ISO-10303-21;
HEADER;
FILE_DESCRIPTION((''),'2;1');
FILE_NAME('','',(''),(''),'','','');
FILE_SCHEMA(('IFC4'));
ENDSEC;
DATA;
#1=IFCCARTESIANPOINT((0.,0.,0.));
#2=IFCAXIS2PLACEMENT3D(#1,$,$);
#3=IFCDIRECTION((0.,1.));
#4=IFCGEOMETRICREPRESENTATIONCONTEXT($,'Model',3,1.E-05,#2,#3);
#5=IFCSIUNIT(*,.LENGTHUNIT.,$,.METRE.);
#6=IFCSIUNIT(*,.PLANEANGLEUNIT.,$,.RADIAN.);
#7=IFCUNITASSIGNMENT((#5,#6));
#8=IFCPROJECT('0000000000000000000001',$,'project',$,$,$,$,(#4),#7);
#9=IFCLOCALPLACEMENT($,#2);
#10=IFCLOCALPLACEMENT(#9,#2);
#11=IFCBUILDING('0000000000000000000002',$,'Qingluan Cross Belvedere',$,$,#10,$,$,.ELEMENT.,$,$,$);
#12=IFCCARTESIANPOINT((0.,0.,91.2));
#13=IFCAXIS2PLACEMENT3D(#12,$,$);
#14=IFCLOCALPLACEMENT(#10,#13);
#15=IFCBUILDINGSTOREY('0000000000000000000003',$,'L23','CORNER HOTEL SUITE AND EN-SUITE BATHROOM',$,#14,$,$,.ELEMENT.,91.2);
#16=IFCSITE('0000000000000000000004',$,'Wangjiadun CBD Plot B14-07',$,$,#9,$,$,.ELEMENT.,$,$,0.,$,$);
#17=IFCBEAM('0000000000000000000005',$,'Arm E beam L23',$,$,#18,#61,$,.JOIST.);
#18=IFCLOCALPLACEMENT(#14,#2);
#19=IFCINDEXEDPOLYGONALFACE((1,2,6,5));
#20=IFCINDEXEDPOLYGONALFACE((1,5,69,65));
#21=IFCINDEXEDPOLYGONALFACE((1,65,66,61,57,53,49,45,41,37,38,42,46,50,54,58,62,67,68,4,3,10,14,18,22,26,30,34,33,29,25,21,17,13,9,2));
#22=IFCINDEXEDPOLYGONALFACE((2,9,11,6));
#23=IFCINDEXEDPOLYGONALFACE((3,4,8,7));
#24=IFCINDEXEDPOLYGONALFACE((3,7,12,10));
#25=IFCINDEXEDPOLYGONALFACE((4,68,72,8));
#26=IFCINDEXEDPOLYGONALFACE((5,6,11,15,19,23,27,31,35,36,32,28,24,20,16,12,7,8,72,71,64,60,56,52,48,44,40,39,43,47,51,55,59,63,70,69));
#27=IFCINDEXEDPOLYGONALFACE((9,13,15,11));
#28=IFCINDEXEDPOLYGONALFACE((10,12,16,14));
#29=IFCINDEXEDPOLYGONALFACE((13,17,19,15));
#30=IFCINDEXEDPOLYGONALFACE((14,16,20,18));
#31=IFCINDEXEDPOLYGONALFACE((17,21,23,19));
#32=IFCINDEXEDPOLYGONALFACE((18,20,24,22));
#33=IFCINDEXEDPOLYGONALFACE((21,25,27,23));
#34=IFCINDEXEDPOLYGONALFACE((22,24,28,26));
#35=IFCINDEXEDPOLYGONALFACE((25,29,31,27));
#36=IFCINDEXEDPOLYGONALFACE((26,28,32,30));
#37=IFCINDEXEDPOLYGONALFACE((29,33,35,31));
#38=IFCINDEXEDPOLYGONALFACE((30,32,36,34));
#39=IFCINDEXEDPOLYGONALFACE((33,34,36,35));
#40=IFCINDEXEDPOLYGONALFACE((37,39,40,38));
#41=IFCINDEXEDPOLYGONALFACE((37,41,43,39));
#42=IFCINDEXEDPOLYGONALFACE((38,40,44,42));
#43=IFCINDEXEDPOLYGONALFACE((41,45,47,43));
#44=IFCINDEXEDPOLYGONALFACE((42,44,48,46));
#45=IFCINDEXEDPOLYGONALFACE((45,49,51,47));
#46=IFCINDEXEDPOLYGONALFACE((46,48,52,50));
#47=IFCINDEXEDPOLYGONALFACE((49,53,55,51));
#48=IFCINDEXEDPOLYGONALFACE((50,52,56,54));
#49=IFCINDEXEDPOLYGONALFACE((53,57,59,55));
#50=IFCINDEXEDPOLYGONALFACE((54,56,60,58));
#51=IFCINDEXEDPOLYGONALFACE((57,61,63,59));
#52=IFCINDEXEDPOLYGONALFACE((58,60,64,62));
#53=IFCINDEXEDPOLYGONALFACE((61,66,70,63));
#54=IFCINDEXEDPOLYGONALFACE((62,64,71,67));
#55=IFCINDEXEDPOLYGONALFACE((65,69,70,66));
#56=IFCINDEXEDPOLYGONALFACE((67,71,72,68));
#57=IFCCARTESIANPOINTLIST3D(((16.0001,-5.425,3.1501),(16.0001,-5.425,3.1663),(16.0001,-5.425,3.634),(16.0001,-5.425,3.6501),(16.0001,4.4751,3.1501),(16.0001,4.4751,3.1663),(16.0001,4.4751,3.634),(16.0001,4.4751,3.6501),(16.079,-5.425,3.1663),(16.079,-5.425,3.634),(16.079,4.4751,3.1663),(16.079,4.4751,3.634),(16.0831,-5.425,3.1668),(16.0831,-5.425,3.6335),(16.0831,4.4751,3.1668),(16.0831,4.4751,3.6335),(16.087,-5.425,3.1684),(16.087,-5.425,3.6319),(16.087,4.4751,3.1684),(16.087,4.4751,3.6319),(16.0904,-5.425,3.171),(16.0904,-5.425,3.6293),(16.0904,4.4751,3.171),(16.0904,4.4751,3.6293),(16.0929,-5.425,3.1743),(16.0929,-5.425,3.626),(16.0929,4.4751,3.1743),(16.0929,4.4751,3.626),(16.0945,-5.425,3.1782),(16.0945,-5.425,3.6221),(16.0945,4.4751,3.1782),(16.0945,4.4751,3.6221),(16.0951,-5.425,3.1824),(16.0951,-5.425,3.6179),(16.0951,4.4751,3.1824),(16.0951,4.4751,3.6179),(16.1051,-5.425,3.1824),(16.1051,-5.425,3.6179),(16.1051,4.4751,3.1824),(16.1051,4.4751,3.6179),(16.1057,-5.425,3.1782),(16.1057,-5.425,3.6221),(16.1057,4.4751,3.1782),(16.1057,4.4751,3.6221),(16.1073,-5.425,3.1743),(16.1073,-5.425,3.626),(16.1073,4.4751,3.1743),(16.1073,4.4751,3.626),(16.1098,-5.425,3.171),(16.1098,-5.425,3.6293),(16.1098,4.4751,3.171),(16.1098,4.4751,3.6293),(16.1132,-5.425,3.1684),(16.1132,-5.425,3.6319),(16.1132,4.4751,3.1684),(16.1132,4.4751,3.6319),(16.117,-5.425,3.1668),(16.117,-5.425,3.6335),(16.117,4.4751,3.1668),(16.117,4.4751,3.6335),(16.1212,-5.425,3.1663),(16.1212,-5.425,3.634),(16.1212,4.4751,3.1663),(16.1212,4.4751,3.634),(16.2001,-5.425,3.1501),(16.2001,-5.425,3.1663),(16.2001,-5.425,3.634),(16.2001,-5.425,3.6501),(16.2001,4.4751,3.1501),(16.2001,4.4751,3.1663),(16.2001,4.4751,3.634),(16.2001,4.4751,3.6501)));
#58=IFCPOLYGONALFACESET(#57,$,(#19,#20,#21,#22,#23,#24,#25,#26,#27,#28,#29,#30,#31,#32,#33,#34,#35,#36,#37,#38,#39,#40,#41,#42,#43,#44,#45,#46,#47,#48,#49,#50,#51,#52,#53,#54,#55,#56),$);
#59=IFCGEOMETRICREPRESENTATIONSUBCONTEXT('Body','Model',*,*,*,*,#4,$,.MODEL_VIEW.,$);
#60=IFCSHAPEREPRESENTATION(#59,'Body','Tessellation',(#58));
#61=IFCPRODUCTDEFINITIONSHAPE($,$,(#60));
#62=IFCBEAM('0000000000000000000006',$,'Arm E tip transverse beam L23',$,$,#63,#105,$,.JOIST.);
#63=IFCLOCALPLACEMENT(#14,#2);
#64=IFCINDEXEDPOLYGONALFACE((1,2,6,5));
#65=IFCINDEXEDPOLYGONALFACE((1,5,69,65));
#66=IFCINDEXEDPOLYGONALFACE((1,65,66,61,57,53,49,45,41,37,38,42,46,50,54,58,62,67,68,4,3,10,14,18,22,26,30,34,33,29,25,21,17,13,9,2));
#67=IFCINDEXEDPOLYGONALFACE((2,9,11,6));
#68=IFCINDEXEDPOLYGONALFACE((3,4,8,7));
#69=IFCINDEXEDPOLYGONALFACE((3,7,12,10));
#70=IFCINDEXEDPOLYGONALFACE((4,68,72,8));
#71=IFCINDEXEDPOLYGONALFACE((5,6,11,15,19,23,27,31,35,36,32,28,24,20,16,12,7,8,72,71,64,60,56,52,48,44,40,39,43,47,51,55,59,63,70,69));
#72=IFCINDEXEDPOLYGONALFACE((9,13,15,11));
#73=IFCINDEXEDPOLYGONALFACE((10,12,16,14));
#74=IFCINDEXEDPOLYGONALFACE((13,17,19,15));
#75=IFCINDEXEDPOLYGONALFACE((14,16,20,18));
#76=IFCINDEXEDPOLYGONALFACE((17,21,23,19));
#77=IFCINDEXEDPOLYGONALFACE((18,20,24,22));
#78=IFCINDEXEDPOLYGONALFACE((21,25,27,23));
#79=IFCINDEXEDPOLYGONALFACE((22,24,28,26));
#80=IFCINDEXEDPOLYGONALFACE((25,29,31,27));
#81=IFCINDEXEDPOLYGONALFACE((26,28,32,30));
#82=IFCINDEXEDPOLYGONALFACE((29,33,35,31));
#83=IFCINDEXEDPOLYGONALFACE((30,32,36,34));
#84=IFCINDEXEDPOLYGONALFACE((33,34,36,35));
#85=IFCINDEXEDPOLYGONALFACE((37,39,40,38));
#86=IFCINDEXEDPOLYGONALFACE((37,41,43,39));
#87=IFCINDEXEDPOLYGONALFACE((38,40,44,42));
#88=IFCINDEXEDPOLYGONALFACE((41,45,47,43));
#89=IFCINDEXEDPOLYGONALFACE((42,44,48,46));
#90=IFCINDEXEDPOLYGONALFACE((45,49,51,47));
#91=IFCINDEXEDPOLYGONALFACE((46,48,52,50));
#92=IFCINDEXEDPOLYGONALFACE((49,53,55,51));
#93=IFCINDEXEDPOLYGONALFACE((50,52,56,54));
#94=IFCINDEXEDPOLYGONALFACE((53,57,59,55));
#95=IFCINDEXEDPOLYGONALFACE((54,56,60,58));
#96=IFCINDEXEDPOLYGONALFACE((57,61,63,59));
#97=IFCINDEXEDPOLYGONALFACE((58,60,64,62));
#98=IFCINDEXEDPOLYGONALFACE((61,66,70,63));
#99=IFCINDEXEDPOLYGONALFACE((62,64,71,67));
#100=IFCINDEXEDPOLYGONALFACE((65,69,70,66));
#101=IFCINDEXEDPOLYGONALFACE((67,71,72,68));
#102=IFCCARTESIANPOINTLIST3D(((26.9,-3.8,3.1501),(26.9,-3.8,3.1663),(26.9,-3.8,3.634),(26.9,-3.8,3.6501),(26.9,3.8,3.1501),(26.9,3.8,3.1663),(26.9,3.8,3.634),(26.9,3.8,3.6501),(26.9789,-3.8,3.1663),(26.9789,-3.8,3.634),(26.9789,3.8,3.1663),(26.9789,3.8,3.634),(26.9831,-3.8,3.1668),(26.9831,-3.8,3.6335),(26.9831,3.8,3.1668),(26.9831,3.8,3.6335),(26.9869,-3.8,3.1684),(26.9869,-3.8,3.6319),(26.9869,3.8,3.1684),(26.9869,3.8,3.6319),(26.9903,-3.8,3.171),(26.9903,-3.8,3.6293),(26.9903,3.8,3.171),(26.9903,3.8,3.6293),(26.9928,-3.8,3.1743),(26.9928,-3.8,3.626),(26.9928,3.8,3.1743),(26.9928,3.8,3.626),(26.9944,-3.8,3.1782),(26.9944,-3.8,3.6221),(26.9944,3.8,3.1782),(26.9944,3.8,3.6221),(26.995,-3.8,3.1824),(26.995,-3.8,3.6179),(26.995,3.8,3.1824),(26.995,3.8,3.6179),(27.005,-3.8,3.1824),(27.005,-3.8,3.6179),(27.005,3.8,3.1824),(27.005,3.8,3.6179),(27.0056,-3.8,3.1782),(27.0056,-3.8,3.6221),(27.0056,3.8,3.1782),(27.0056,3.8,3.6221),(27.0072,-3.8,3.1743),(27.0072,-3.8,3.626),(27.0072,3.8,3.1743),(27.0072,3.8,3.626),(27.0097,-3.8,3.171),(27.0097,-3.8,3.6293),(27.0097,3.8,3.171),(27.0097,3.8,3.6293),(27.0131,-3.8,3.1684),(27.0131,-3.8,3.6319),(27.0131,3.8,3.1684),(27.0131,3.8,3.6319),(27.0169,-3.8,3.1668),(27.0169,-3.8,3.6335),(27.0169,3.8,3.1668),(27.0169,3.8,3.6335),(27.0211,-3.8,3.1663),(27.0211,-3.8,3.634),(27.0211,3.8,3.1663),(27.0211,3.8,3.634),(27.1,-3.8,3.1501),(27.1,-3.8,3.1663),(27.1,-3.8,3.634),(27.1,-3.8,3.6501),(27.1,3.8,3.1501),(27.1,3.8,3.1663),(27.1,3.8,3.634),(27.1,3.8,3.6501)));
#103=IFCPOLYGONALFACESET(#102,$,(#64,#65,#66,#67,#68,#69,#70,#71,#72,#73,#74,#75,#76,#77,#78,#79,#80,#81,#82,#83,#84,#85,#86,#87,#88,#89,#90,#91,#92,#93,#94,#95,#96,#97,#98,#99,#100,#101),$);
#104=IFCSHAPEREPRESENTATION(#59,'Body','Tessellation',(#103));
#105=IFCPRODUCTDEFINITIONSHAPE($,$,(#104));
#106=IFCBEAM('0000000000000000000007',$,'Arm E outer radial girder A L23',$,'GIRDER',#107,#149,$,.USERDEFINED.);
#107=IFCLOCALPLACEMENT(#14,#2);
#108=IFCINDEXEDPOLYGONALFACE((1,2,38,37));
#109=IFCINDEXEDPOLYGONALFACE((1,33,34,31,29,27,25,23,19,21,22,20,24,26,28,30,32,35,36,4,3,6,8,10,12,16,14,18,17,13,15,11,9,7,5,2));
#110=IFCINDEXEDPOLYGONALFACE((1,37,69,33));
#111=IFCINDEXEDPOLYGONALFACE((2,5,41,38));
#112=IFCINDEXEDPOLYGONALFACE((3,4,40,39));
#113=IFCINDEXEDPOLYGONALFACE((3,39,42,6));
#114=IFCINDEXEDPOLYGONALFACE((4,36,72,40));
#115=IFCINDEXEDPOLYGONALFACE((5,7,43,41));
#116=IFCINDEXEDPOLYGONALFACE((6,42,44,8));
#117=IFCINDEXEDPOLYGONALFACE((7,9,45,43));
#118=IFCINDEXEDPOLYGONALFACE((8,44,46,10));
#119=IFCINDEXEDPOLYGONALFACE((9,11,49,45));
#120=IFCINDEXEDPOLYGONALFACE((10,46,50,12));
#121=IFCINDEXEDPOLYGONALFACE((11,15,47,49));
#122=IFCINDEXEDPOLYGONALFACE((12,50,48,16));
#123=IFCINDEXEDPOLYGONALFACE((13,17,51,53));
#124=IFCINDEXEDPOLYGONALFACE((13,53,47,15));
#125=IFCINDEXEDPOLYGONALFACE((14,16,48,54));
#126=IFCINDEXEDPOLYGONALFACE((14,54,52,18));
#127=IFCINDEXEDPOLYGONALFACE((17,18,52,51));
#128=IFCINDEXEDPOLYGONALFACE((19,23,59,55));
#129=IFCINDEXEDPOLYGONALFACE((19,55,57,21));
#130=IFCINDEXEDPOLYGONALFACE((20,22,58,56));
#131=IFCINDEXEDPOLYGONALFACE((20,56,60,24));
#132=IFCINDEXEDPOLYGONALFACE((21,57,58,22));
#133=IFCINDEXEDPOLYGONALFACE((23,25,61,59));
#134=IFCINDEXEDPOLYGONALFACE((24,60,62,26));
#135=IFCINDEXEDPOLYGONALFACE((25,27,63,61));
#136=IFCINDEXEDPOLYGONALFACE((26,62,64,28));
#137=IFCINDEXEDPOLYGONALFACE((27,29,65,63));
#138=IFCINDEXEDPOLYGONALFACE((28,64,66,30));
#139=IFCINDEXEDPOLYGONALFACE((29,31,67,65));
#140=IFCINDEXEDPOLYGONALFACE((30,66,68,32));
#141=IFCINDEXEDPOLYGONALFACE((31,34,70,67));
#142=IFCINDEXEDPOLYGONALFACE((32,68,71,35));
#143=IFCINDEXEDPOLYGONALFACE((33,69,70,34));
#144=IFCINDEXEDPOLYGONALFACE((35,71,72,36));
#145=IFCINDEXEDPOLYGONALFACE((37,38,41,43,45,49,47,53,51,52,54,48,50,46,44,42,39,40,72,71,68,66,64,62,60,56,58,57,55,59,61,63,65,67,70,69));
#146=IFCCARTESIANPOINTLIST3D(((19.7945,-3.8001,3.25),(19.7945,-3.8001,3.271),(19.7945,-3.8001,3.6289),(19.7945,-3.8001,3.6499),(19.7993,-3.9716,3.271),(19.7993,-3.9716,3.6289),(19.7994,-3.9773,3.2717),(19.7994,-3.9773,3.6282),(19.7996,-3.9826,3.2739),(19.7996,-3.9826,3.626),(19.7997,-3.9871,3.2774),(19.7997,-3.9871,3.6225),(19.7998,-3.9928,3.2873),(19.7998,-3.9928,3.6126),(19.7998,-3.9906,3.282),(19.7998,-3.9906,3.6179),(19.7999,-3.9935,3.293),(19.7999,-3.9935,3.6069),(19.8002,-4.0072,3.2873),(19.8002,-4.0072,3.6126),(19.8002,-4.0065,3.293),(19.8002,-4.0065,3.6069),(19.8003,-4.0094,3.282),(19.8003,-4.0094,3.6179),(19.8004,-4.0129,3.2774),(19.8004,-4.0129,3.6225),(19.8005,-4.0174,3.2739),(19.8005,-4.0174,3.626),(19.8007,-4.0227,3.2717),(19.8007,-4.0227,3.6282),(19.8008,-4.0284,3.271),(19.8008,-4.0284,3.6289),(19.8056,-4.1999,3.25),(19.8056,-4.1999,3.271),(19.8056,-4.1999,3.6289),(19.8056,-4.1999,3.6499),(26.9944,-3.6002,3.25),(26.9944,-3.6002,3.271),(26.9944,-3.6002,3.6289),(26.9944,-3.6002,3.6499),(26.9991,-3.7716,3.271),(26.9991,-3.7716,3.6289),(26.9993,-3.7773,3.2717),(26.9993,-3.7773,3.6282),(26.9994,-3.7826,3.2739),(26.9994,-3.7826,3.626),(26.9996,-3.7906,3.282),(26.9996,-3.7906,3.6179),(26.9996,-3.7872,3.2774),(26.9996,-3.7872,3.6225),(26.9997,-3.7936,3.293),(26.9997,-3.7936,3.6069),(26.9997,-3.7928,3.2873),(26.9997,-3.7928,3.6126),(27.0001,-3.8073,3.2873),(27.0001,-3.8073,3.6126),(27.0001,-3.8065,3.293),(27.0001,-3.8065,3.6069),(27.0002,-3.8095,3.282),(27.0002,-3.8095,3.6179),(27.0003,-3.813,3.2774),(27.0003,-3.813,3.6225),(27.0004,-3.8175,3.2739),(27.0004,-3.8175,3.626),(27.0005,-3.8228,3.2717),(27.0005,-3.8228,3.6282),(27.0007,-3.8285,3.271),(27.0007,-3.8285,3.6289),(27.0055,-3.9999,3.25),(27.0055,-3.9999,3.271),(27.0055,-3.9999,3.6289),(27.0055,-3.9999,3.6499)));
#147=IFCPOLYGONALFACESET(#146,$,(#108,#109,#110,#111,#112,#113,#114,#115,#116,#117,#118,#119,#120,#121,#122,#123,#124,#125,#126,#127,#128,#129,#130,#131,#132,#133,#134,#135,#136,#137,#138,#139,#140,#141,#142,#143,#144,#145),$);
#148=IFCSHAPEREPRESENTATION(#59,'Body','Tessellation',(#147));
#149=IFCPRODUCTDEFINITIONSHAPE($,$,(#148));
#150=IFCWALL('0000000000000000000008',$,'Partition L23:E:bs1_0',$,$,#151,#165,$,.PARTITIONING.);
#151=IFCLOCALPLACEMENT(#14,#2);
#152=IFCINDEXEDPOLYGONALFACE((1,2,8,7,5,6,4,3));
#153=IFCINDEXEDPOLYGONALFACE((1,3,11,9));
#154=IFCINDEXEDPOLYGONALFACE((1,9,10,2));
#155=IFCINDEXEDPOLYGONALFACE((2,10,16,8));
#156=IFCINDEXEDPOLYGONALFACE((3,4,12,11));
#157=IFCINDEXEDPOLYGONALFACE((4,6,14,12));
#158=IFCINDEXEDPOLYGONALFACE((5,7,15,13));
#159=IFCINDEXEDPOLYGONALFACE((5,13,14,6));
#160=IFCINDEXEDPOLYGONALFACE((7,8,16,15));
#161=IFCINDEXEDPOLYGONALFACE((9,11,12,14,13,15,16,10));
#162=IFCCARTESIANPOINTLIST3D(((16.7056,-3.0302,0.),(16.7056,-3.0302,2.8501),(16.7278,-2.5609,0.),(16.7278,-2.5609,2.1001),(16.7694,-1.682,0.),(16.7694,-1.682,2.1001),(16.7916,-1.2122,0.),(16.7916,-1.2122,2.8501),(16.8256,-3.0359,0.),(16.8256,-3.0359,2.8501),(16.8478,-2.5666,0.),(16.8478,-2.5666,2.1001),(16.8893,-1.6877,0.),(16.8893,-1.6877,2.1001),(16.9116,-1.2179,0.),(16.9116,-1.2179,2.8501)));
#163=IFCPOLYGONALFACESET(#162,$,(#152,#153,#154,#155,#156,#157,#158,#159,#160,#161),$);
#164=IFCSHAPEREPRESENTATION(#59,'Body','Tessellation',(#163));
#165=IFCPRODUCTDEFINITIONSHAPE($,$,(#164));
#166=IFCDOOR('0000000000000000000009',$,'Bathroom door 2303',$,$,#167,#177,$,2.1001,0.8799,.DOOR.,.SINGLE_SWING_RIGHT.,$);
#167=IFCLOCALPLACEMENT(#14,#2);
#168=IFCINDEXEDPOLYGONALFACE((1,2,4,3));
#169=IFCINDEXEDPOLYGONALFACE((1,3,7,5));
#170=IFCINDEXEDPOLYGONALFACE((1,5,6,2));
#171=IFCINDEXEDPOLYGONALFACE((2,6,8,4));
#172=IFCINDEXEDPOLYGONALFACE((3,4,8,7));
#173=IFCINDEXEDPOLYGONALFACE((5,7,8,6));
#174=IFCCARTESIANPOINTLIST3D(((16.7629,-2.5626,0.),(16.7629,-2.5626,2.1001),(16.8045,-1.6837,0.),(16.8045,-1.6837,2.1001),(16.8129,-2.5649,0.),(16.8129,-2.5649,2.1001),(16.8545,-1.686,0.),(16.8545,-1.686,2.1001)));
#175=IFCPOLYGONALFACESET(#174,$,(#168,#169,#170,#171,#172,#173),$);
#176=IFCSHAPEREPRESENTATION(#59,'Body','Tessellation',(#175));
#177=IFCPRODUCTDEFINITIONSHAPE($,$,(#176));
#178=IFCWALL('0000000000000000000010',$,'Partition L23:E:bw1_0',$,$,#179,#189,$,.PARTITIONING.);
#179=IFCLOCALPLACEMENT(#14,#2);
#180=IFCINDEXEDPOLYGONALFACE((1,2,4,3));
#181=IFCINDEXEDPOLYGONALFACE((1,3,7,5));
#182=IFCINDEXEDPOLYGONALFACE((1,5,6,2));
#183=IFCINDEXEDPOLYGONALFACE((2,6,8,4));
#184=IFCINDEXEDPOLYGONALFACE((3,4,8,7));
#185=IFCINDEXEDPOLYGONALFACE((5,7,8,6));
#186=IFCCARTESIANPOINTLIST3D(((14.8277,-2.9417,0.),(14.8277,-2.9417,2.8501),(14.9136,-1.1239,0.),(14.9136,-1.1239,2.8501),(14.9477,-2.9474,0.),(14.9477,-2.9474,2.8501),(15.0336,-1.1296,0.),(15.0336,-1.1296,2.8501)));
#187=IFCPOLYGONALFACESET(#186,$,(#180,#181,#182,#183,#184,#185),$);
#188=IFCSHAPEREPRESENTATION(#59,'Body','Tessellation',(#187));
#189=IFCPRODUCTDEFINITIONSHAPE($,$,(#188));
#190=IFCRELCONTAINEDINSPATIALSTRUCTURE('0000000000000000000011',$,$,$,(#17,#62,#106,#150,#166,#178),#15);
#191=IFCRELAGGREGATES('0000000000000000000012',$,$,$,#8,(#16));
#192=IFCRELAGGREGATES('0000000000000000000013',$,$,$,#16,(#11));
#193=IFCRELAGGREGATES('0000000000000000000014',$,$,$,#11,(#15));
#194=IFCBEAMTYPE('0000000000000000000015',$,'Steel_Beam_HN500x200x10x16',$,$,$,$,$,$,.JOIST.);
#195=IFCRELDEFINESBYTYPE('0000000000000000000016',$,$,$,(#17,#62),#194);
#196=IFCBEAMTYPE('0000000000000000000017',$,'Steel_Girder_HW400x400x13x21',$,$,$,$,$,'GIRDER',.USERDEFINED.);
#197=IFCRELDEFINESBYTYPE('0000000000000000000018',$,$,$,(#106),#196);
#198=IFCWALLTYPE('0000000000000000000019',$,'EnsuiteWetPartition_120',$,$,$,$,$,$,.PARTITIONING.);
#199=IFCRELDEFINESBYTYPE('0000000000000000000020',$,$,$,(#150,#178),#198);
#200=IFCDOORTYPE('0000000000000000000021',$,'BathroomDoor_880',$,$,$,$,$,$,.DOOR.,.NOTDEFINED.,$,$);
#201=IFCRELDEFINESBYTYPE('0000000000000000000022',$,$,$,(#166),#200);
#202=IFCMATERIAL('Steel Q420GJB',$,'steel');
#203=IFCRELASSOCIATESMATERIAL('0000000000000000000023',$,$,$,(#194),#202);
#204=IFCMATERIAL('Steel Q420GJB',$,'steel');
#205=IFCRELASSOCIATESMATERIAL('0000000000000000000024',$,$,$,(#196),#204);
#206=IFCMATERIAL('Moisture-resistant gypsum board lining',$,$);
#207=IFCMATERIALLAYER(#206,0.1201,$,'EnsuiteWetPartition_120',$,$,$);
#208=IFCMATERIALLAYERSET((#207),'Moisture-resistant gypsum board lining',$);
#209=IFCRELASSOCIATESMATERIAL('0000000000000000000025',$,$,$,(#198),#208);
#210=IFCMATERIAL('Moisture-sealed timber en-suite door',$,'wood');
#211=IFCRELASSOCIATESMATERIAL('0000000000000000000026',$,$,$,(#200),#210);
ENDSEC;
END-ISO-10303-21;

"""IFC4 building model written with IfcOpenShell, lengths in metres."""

from ifc_helpers import new_model, si_unit, direction, frame, frame_2d, origin, origin_2d, place, context, subcontext, project, spatial, rectangle, i_section, extrude, material, layer, layer_set, material_profile, profile_set, type_object, element, fill, save


model = new_model("IFC4")

# Units and contexts
model_context = context("Model", 3, precision=1e-05, world=origin(), true_north=direction((0.0, 1.0)))
body_context = subcontext(model_context, "Body", "Model", "MODEL_VIEW")
ifc_project = project(units=[si_unit("LENGTHUNIT", "METRE"), si_unit("PLANEANGLEUNIT", "RADIAN")], contexts=[model_context])

# Site, building, storey
site_placement = place(None, origin())
site = spatial("IfcSite", under=ifc_project, at=site_placement, Name="Wangjiadun CBD Plot B14-07", CompositionType="ELEMENT", RefElevation=0.0)
building_placement = place(site_placement, origin())
building = spatial("IfcBuilding", under=site, at=building_placement, Name="Qingluan Cross Belvedere", CompositionType="ELEMENT")
storey_placement = place(building_placement, frame((0.0, 0.0, 91.2)))
storey = spatial("IfcBuildingStorey", under=building, at=storey_placement, Name="L23", Description="CORNER HOTEL SUITE AND EN-SUITE BATHROOM", CompositionType="ELEMENT", Elevation=91.2)

# Beams
ifc_material_1 = material(Name="Steel Q420GJB", Category="steel")
ifc_material_profile_1 = material_profile(ifc_material_1, i_section(OverallWidth=0.2, OverallDepth=0.5, WebThickness=0.01, FlangeThickness=0.0161, FilletRadius=0.0161, at=origin_2d()), Name="HN500x200x10x16")
ifc_profile_set_1 = profile_set([ifc_material_profile_1], Name="Steel Q420GJB")
beam_type_1 = type_object("IfcBeamType", Name="Steel_Beam_HN500x200x10x16", PredefinedType="JOIST", material=ifc_profile_set_1)
beam_1_placement = place(storey_placement, frame((16.1001, -5.425, 3.4001), z_axis=(0.0, 1.0, 0.0), x_axis=(-1.0, 0.0, 0.0)))
element("IfcBeam", 1, at=beam_1_placement, inside=storey, type_object=beam_type_1, Name="Arm E beam L23", PredefinedType="JOIST", context=body_context, shape_type="SweptSolid", body=[
    extrude(i_section(OverallWidth=0.2, OverallDepth=0.5, WebThickness=0.01, FlangeThickness=0.0161, FilletRadius=0.0161, at=origin_2d()), origin(), (0.0, 0.0, 1.0), 9.9001),
])
beam_2_placement = place(storey_placement, frame((27.0, -3.8, 3.4001), z_axis=(0.0, 1.0, 0.0), x_axis=(-1.0, 0.0, 0.0)))
element("IfcBeam", 2, at=beam_2_placement, inside=storey, type_object=beam_type_1, Name="Arm E tip transverse beam L23", PredefinedType="JOIST", context=body_context, shape_type="SweptSolid", body=[
    extrude(i_section(OverallWidth=0.2, OverallDepth=0.5, WebThickness=0.01, FlangeThickness=0.0161, FilletRadius=0.0161, at=origin_2d()), origin(), (0.0, 0.0, 1.0), 7.6001),
])
ifc_material_2 = material(Name="Steel Q420GJB", Category="steel")
ifc_material_profile_2 = material_profile(ifc_material_2, i_section(OverallWidth=0.3999, OverallDepth=0.3999, WebThickness=0.0129, FlangeThickness=0.021, FilletRadius=0.022, at=origin_2d()), Name="HW400x400x13x21")
ifc_profile_set_2 = profile_set([ifc_material_profile_2], Name="Steel Q420GJB")
beam_type_2 = type_object("IfcBeamType", Name="Steel_Girder_HW400x400x13x21", ElementType="GIRDER", PredefinedType="USERDEFINED", material=ifc_profile_set_2)
beam_3_placement = place(storey_placement, frame((19.8, -4.0, 3.45), z_axis=(0.999615, 0.02776, 0.0), x_axis=(-0.02776, 0.999615, 0.0)))
element("IfcBeam", 3, at=beam_3_placement, inside=storey, type_object=beam_type_2, Name="Arm E outer radial girder A L23", ObjectType="GIRDER", PredefinedType="USERDEFINED", context=body_context, shape_type="SweptSolid", body=[
    extrude(i_section(OverallWidth=0.3999, OverallDepth=0.3999, WebThickness=0.0129, FlangeThickness=0.021, FilletRadius=0.022, at=origin_2d()), origin(), (0.0, 0.0, 1.0), 7.2026),
])

# Wall, opening, door
ifc_material_3 = material(Name="Moisture-resistant gypsum board lining")
ifc_layer_1 = layer(ifc_material_3, 0.1201, Name="EnsuiteWetPartition_120")
ifc_layer_set_1 = layer_set([ifc_layer_1], Name="Moisture-resistant gypsum board lining")
wall_type_1 = type_object("IfcWallType", Name="EnsuiteWetPartition_120", PredefinedType="PARTITIONING", material=ifc_layer_set_1)
wall_1_placement = place(storey_placement, frame((16.7656, -3.0332, 0.0), z_axis=(0.0, 0.0, 1.0), x_axis=(0.047215, 0.998885, 0.0)))
wall_1 = element("IfcWall", 4, at=wall_1_placement, inside=storey, type_object=wall_type_1, Name="Partition L23:E:bs1_0", PredefinedType="PARTITIONING", context=body_context, shape_type="SweptSolid", body=[
    extrude(rectangle(XDim=1.8201, YDim=0.1201, at=frame_2d((0.9102, 0.0))), origin(), (0.0, 0.0, 1.0), 2.8501),
])
opening_1_placement = place(wall_1_placement, frame((0.47, 0.0, 0.0)))
opening_1 = element("IfcOpeningElement", 5, at=opening_1_placement, cuts=wall_1, PredefinedType="OPENING", context=body_context, shape_type="SweptSolid", body=[
    extrude(rectangle(XDim=0.8799, YDim=2.1001, at=frame_2d((0.4399, 1.05))), frame((0.0, 0.0701, 0.0), z_axis=(0.0, -1.0, 0.0), x_axis=(1.0, 0.0, 0.0)), (0.0, 0.0, 1.0), 0.1401),
])
ifc_material_4 = material(Name="Moisture-sealed timber en-suite door", Category="wood")
door_type = type_object("IfcDoorType", Name="BathroomDoor_880", OperationType="NOTDEFINED", PredefinedType="DOOR", material=ifc_material_4)
door_1_placement = place(opening_1_placement, origin())
door_1 = element("IfcDoor", 6, at=door_1_placement, inside=storey, type_object=door_type, Name="Bathroom door 2303", OperationType="SINGLE_SWING_RIGHT", OverallHeight=2.1001, OverallWidth=0.8799, PredefinedType="DOOR", context=body_context, shape_type="SweptSolid", body=[
    extrude(rectangle(XDim=0.8799, YDim=2.1001, at=frame_2d((0.4399, 1.05))), frame((0.0, 0.0249, 0.0), z_axis=(0.0, -1.0, 0.0), x_axis=(1.0, 0.0, 0.0)), (0.0, 0.0, 1.0), 0.05),
])
fill(opening_1, door_1)

# Wall
wall_2_placement = place(storey_placement, frame((14.8877, -2.9446, 0.0), z_axis=(0.0, 0.0, 1.0), x_axis=(0.047221, 0.998884, 0.0)))
element("IfcWall", 7, at=wall_2_placement, inside=storey, type_object=wall_type_1, Name="Partition L23:E:bw1_0", PredefinedType="PARTITIONING", context=body_context, shape_type="SweptSolid", body=[
    extrude(rectangle(XDim=1.8198, YDim=0.1201, at=frame_2d((0.9099, 0.0))), origin(), (0.0, 0.0, 1.0), 2.8501),
])

save(model, "model.ifc")
